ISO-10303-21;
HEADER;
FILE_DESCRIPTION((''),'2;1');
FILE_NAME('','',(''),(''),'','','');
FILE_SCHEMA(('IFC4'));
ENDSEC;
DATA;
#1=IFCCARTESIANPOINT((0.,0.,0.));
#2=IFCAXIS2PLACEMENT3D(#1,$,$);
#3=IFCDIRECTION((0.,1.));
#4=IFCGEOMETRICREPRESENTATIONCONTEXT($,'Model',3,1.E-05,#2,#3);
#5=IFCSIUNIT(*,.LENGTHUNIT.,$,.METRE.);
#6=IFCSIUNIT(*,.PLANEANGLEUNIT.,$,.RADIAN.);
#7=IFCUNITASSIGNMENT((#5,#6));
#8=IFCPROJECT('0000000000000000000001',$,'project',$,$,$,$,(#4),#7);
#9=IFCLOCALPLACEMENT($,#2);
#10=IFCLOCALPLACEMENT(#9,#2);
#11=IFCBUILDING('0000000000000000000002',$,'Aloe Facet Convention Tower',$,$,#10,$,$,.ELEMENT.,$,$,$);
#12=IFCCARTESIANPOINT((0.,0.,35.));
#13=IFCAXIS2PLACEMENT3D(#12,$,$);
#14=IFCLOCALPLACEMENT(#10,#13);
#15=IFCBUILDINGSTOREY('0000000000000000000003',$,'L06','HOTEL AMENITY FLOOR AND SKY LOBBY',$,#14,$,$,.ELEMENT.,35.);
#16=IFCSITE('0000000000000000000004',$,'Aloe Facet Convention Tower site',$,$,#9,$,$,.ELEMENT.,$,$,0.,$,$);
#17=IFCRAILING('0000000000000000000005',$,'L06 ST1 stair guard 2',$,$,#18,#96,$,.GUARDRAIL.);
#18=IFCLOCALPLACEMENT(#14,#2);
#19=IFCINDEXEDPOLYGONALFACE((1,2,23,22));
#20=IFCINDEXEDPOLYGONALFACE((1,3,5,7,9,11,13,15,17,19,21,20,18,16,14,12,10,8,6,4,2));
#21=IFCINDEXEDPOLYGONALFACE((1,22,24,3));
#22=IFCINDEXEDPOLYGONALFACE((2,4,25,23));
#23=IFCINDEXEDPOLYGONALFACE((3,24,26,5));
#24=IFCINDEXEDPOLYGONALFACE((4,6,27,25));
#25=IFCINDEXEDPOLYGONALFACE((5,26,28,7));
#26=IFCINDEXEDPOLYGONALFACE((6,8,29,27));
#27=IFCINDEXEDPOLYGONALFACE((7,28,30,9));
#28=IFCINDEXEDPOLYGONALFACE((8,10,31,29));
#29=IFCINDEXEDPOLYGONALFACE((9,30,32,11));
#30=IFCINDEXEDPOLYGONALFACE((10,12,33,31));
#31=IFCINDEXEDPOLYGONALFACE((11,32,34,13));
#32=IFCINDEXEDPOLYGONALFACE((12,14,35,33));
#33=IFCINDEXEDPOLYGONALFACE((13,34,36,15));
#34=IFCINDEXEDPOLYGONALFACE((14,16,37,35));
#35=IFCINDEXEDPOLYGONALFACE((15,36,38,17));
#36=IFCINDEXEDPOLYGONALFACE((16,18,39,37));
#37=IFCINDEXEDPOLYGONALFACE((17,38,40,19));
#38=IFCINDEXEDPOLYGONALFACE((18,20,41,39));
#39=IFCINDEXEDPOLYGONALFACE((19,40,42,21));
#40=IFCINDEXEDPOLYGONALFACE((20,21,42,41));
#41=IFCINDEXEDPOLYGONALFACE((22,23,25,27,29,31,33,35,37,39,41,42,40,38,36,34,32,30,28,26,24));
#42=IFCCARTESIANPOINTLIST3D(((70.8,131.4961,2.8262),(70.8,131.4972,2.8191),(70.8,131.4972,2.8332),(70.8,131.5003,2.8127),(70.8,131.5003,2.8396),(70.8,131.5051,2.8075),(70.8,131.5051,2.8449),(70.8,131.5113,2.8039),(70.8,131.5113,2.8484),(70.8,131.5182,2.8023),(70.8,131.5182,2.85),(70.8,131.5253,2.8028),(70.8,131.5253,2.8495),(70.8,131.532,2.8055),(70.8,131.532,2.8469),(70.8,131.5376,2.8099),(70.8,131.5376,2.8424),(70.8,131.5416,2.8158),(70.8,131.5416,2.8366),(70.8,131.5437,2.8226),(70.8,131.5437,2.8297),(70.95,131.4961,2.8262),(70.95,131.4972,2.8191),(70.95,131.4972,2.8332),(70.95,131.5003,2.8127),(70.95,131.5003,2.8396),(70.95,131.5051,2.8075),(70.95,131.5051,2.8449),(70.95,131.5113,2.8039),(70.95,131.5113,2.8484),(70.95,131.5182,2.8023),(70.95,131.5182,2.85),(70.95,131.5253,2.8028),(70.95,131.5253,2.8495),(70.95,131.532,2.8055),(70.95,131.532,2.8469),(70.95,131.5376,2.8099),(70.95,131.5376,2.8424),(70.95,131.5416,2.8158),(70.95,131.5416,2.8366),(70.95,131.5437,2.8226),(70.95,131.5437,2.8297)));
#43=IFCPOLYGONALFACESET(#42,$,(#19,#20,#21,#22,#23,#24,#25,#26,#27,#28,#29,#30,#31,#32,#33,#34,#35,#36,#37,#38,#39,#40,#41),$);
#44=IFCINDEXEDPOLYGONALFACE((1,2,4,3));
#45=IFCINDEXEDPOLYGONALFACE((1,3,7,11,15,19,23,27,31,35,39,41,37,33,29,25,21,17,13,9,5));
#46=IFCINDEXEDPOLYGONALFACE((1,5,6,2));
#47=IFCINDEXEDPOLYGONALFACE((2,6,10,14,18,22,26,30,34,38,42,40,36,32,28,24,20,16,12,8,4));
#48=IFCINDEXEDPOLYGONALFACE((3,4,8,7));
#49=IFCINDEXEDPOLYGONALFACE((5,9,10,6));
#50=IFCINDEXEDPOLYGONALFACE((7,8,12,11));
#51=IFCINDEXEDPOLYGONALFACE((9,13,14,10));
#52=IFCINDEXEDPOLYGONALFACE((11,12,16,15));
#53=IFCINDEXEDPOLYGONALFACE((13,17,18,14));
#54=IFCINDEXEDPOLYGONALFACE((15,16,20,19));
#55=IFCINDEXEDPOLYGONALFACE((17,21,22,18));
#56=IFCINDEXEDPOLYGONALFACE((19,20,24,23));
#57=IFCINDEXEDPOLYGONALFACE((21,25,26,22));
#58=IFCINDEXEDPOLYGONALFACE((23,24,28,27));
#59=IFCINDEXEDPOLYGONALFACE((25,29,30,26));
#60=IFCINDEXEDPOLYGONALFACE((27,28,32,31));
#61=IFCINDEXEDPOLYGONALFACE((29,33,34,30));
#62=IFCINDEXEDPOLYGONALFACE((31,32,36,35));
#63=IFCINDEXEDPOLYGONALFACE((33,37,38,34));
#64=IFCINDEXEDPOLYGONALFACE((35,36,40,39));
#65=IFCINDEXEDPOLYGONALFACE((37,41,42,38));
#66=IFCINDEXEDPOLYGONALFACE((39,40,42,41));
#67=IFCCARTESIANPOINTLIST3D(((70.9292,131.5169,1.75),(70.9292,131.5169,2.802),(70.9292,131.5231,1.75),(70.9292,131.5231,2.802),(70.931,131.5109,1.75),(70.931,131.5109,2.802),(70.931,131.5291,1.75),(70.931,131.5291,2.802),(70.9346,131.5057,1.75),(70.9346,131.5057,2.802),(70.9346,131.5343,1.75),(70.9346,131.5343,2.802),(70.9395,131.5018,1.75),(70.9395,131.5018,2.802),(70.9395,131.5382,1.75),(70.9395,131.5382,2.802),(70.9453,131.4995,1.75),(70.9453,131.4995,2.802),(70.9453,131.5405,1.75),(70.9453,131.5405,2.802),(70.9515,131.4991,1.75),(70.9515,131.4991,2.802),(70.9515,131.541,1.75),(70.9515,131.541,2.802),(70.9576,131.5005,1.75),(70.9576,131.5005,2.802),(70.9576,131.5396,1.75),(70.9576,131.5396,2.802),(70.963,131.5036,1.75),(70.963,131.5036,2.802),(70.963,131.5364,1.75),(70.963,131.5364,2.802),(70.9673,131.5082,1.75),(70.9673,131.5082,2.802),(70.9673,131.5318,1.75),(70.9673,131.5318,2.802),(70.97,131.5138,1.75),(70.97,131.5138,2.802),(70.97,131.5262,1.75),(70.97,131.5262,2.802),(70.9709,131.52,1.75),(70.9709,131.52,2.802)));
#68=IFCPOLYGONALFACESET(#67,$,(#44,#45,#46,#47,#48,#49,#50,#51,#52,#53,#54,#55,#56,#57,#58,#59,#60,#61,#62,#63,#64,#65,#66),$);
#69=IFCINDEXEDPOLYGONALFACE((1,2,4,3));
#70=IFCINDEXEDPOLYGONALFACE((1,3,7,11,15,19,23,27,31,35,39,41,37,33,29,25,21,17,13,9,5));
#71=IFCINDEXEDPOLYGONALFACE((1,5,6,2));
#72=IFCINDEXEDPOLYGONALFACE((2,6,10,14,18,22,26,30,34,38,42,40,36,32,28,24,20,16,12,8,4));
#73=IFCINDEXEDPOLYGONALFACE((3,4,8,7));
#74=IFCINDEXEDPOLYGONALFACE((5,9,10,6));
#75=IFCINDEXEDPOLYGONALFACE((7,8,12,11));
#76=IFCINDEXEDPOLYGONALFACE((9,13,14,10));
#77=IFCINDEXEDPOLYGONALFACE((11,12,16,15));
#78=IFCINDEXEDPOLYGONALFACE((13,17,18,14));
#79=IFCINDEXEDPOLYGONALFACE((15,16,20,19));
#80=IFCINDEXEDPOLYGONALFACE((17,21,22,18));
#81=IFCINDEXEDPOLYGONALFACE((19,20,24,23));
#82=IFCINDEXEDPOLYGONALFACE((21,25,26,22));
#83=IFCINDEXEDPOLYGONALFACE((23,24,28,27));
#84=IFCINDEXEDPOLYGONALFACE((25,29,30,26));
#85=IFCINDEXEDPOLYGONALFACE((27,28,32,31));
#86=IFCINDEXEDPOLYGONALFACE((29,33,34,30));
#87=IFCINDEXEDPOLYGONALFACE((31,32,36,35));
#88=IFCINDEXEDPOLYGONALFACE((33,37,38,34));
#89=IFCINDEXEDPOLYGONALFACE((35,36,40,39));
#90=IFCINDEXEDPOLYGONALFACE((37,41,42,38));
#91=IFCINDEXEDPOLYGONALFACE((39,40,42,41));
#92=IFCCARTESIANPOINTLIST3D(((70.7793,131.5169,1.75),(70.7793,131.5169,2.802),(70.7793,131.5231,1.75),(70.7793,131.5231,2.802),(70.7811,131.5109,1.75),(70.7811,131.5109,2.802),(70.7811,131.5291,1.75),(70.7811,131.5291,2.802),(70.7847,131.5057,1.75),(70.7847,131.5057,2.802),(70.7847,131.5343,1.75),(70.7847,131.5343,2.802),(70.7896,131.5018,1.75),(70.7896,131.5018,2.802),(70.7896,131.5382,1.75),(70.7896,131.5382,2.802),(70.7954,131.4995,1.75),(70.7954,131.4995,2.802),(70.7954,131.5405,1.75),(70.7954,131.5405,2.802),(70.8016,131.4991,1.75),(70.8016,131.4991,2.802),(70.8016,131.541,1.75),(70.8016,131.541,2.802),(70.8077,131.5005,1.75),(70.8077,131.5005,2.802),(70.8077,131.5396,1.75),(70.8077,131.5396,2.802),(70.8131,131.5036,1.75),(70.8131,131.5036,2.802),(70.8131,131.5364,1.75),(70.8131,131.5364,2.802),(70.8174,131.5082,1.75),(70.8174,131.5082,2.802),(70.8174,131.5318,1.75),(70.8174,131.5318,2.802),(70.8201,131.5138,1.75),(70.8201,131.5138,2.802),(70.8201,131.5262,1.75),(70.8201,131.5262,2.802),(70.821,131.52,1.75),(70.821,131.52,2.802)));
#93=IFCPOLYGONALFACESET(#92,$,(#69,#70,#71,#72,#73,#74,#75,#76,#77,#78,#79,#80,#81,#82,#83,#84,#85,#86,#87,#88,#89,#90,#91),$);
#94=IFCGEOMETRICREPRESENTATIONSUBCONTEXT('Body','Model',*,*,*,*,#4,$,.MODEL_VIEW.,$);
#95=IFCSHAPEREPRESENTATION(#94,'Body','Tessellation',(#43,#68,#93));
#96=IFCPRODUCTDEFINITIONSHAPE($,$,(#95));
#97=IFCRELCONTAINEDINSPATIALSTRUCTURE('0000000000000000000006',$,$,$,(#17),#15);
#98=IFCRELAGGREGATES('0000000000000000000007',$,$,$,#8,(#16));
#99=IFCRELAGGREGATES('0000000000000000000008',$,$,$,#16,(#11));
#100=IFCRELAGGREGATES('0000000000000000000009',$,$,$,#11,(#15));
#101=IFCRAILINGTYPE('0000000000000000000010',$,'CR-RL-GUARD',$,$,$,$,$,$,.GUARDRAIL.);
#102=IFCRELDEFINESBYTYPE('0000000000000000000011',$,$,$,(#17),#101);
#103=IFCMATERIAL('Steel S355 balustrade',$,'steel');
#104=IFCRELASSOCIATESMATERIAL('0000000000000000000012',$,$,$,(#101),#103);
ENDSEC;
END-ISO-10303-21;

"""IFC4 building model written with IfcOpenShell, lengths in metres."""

from ifc_helpers import new_model, si_unit, direction, frame, origin, origin_2d, place, context, subcontext, project, spatial, circle, extrude, material, type_object, element, save


model = new_model("IFC4")

# Units and contexts
model_context = context("Model", 3, precision=1e-05, world=origin(), true_north=direction((0.0, 1.0)))
body_context = subcontext(model_context, "Body", "Model", "MODEL_VIEW")
ifc_project = project(units=[si_unit("LENGTHUNIT", "METRE"), si_unit("PLANEANGLEUNIT", "RADIAN")], contexts=[model_context])

# Site, building, storey
site_placement = place(None, origin())
site = spatial("IfcSite", under=ifc_project, at=site_placement, Name="Aloe Facet Convention Tower site", CompositionType="ELEMENT", RefElevation=0.0)
building_placement = place(site_placement, origin())
building = spatial("IfcBuilding", under=site, at=building_placement, Name="Aloe Facet Convention Tower", CompositionType="ELEMENT")
storey_placement = place(building_placement, frame((0.0, 0.0, 35.0)))
storey = spatial("IfcBuildingStorey", under=building, at=storey_placement, Name="L06", Description="HOTEL AMENITY FLOOR AND SKY LOBBY", CompositionType="ELEMENT", Elevation=35.0)

# Railing
ifc_material_1 = material(Name="Steel S355 balustrade", Category="steel")
railing_type_1 = type_object("IfcRailingType", Name="CR-RL-GUARD", PredefinedType="GUARDRAIL", material=ifc_material_1)
railing_1_placement = place(storey_placement, frame((70.95, 131.52, 1.75)))
element("IfcRailing", 1, at=railing_1_placement, inside=storey, type_object=railing_type_1, Name="L06 ST1 stair guard 2", PredefinedType="GUARDRAIL", context=body_context, shape_type="SweptSolid", body=[
    extrude(circle(Radius=0.0239, at=origin_2d()), frame((0.0, 0.0, 1.0762), z_axis=(-1.0, 0.0, 0.0), x_axis=(0.0, -1.0, 0.0)), (0.0, 0.0, 1.0), 0.1499),
    extrude(circle(Radius=0.021, at=origin_2d()), origin(), (0.0, 0.0, 1.0), 1.052),
    extrude(circle(Radius=0.021, at=origin_2d()), frame((-0.1499, 0.0, 0.0)), (0.0, 0.0, 1.0), 1.052),
])

save(model, "model.ifc")
